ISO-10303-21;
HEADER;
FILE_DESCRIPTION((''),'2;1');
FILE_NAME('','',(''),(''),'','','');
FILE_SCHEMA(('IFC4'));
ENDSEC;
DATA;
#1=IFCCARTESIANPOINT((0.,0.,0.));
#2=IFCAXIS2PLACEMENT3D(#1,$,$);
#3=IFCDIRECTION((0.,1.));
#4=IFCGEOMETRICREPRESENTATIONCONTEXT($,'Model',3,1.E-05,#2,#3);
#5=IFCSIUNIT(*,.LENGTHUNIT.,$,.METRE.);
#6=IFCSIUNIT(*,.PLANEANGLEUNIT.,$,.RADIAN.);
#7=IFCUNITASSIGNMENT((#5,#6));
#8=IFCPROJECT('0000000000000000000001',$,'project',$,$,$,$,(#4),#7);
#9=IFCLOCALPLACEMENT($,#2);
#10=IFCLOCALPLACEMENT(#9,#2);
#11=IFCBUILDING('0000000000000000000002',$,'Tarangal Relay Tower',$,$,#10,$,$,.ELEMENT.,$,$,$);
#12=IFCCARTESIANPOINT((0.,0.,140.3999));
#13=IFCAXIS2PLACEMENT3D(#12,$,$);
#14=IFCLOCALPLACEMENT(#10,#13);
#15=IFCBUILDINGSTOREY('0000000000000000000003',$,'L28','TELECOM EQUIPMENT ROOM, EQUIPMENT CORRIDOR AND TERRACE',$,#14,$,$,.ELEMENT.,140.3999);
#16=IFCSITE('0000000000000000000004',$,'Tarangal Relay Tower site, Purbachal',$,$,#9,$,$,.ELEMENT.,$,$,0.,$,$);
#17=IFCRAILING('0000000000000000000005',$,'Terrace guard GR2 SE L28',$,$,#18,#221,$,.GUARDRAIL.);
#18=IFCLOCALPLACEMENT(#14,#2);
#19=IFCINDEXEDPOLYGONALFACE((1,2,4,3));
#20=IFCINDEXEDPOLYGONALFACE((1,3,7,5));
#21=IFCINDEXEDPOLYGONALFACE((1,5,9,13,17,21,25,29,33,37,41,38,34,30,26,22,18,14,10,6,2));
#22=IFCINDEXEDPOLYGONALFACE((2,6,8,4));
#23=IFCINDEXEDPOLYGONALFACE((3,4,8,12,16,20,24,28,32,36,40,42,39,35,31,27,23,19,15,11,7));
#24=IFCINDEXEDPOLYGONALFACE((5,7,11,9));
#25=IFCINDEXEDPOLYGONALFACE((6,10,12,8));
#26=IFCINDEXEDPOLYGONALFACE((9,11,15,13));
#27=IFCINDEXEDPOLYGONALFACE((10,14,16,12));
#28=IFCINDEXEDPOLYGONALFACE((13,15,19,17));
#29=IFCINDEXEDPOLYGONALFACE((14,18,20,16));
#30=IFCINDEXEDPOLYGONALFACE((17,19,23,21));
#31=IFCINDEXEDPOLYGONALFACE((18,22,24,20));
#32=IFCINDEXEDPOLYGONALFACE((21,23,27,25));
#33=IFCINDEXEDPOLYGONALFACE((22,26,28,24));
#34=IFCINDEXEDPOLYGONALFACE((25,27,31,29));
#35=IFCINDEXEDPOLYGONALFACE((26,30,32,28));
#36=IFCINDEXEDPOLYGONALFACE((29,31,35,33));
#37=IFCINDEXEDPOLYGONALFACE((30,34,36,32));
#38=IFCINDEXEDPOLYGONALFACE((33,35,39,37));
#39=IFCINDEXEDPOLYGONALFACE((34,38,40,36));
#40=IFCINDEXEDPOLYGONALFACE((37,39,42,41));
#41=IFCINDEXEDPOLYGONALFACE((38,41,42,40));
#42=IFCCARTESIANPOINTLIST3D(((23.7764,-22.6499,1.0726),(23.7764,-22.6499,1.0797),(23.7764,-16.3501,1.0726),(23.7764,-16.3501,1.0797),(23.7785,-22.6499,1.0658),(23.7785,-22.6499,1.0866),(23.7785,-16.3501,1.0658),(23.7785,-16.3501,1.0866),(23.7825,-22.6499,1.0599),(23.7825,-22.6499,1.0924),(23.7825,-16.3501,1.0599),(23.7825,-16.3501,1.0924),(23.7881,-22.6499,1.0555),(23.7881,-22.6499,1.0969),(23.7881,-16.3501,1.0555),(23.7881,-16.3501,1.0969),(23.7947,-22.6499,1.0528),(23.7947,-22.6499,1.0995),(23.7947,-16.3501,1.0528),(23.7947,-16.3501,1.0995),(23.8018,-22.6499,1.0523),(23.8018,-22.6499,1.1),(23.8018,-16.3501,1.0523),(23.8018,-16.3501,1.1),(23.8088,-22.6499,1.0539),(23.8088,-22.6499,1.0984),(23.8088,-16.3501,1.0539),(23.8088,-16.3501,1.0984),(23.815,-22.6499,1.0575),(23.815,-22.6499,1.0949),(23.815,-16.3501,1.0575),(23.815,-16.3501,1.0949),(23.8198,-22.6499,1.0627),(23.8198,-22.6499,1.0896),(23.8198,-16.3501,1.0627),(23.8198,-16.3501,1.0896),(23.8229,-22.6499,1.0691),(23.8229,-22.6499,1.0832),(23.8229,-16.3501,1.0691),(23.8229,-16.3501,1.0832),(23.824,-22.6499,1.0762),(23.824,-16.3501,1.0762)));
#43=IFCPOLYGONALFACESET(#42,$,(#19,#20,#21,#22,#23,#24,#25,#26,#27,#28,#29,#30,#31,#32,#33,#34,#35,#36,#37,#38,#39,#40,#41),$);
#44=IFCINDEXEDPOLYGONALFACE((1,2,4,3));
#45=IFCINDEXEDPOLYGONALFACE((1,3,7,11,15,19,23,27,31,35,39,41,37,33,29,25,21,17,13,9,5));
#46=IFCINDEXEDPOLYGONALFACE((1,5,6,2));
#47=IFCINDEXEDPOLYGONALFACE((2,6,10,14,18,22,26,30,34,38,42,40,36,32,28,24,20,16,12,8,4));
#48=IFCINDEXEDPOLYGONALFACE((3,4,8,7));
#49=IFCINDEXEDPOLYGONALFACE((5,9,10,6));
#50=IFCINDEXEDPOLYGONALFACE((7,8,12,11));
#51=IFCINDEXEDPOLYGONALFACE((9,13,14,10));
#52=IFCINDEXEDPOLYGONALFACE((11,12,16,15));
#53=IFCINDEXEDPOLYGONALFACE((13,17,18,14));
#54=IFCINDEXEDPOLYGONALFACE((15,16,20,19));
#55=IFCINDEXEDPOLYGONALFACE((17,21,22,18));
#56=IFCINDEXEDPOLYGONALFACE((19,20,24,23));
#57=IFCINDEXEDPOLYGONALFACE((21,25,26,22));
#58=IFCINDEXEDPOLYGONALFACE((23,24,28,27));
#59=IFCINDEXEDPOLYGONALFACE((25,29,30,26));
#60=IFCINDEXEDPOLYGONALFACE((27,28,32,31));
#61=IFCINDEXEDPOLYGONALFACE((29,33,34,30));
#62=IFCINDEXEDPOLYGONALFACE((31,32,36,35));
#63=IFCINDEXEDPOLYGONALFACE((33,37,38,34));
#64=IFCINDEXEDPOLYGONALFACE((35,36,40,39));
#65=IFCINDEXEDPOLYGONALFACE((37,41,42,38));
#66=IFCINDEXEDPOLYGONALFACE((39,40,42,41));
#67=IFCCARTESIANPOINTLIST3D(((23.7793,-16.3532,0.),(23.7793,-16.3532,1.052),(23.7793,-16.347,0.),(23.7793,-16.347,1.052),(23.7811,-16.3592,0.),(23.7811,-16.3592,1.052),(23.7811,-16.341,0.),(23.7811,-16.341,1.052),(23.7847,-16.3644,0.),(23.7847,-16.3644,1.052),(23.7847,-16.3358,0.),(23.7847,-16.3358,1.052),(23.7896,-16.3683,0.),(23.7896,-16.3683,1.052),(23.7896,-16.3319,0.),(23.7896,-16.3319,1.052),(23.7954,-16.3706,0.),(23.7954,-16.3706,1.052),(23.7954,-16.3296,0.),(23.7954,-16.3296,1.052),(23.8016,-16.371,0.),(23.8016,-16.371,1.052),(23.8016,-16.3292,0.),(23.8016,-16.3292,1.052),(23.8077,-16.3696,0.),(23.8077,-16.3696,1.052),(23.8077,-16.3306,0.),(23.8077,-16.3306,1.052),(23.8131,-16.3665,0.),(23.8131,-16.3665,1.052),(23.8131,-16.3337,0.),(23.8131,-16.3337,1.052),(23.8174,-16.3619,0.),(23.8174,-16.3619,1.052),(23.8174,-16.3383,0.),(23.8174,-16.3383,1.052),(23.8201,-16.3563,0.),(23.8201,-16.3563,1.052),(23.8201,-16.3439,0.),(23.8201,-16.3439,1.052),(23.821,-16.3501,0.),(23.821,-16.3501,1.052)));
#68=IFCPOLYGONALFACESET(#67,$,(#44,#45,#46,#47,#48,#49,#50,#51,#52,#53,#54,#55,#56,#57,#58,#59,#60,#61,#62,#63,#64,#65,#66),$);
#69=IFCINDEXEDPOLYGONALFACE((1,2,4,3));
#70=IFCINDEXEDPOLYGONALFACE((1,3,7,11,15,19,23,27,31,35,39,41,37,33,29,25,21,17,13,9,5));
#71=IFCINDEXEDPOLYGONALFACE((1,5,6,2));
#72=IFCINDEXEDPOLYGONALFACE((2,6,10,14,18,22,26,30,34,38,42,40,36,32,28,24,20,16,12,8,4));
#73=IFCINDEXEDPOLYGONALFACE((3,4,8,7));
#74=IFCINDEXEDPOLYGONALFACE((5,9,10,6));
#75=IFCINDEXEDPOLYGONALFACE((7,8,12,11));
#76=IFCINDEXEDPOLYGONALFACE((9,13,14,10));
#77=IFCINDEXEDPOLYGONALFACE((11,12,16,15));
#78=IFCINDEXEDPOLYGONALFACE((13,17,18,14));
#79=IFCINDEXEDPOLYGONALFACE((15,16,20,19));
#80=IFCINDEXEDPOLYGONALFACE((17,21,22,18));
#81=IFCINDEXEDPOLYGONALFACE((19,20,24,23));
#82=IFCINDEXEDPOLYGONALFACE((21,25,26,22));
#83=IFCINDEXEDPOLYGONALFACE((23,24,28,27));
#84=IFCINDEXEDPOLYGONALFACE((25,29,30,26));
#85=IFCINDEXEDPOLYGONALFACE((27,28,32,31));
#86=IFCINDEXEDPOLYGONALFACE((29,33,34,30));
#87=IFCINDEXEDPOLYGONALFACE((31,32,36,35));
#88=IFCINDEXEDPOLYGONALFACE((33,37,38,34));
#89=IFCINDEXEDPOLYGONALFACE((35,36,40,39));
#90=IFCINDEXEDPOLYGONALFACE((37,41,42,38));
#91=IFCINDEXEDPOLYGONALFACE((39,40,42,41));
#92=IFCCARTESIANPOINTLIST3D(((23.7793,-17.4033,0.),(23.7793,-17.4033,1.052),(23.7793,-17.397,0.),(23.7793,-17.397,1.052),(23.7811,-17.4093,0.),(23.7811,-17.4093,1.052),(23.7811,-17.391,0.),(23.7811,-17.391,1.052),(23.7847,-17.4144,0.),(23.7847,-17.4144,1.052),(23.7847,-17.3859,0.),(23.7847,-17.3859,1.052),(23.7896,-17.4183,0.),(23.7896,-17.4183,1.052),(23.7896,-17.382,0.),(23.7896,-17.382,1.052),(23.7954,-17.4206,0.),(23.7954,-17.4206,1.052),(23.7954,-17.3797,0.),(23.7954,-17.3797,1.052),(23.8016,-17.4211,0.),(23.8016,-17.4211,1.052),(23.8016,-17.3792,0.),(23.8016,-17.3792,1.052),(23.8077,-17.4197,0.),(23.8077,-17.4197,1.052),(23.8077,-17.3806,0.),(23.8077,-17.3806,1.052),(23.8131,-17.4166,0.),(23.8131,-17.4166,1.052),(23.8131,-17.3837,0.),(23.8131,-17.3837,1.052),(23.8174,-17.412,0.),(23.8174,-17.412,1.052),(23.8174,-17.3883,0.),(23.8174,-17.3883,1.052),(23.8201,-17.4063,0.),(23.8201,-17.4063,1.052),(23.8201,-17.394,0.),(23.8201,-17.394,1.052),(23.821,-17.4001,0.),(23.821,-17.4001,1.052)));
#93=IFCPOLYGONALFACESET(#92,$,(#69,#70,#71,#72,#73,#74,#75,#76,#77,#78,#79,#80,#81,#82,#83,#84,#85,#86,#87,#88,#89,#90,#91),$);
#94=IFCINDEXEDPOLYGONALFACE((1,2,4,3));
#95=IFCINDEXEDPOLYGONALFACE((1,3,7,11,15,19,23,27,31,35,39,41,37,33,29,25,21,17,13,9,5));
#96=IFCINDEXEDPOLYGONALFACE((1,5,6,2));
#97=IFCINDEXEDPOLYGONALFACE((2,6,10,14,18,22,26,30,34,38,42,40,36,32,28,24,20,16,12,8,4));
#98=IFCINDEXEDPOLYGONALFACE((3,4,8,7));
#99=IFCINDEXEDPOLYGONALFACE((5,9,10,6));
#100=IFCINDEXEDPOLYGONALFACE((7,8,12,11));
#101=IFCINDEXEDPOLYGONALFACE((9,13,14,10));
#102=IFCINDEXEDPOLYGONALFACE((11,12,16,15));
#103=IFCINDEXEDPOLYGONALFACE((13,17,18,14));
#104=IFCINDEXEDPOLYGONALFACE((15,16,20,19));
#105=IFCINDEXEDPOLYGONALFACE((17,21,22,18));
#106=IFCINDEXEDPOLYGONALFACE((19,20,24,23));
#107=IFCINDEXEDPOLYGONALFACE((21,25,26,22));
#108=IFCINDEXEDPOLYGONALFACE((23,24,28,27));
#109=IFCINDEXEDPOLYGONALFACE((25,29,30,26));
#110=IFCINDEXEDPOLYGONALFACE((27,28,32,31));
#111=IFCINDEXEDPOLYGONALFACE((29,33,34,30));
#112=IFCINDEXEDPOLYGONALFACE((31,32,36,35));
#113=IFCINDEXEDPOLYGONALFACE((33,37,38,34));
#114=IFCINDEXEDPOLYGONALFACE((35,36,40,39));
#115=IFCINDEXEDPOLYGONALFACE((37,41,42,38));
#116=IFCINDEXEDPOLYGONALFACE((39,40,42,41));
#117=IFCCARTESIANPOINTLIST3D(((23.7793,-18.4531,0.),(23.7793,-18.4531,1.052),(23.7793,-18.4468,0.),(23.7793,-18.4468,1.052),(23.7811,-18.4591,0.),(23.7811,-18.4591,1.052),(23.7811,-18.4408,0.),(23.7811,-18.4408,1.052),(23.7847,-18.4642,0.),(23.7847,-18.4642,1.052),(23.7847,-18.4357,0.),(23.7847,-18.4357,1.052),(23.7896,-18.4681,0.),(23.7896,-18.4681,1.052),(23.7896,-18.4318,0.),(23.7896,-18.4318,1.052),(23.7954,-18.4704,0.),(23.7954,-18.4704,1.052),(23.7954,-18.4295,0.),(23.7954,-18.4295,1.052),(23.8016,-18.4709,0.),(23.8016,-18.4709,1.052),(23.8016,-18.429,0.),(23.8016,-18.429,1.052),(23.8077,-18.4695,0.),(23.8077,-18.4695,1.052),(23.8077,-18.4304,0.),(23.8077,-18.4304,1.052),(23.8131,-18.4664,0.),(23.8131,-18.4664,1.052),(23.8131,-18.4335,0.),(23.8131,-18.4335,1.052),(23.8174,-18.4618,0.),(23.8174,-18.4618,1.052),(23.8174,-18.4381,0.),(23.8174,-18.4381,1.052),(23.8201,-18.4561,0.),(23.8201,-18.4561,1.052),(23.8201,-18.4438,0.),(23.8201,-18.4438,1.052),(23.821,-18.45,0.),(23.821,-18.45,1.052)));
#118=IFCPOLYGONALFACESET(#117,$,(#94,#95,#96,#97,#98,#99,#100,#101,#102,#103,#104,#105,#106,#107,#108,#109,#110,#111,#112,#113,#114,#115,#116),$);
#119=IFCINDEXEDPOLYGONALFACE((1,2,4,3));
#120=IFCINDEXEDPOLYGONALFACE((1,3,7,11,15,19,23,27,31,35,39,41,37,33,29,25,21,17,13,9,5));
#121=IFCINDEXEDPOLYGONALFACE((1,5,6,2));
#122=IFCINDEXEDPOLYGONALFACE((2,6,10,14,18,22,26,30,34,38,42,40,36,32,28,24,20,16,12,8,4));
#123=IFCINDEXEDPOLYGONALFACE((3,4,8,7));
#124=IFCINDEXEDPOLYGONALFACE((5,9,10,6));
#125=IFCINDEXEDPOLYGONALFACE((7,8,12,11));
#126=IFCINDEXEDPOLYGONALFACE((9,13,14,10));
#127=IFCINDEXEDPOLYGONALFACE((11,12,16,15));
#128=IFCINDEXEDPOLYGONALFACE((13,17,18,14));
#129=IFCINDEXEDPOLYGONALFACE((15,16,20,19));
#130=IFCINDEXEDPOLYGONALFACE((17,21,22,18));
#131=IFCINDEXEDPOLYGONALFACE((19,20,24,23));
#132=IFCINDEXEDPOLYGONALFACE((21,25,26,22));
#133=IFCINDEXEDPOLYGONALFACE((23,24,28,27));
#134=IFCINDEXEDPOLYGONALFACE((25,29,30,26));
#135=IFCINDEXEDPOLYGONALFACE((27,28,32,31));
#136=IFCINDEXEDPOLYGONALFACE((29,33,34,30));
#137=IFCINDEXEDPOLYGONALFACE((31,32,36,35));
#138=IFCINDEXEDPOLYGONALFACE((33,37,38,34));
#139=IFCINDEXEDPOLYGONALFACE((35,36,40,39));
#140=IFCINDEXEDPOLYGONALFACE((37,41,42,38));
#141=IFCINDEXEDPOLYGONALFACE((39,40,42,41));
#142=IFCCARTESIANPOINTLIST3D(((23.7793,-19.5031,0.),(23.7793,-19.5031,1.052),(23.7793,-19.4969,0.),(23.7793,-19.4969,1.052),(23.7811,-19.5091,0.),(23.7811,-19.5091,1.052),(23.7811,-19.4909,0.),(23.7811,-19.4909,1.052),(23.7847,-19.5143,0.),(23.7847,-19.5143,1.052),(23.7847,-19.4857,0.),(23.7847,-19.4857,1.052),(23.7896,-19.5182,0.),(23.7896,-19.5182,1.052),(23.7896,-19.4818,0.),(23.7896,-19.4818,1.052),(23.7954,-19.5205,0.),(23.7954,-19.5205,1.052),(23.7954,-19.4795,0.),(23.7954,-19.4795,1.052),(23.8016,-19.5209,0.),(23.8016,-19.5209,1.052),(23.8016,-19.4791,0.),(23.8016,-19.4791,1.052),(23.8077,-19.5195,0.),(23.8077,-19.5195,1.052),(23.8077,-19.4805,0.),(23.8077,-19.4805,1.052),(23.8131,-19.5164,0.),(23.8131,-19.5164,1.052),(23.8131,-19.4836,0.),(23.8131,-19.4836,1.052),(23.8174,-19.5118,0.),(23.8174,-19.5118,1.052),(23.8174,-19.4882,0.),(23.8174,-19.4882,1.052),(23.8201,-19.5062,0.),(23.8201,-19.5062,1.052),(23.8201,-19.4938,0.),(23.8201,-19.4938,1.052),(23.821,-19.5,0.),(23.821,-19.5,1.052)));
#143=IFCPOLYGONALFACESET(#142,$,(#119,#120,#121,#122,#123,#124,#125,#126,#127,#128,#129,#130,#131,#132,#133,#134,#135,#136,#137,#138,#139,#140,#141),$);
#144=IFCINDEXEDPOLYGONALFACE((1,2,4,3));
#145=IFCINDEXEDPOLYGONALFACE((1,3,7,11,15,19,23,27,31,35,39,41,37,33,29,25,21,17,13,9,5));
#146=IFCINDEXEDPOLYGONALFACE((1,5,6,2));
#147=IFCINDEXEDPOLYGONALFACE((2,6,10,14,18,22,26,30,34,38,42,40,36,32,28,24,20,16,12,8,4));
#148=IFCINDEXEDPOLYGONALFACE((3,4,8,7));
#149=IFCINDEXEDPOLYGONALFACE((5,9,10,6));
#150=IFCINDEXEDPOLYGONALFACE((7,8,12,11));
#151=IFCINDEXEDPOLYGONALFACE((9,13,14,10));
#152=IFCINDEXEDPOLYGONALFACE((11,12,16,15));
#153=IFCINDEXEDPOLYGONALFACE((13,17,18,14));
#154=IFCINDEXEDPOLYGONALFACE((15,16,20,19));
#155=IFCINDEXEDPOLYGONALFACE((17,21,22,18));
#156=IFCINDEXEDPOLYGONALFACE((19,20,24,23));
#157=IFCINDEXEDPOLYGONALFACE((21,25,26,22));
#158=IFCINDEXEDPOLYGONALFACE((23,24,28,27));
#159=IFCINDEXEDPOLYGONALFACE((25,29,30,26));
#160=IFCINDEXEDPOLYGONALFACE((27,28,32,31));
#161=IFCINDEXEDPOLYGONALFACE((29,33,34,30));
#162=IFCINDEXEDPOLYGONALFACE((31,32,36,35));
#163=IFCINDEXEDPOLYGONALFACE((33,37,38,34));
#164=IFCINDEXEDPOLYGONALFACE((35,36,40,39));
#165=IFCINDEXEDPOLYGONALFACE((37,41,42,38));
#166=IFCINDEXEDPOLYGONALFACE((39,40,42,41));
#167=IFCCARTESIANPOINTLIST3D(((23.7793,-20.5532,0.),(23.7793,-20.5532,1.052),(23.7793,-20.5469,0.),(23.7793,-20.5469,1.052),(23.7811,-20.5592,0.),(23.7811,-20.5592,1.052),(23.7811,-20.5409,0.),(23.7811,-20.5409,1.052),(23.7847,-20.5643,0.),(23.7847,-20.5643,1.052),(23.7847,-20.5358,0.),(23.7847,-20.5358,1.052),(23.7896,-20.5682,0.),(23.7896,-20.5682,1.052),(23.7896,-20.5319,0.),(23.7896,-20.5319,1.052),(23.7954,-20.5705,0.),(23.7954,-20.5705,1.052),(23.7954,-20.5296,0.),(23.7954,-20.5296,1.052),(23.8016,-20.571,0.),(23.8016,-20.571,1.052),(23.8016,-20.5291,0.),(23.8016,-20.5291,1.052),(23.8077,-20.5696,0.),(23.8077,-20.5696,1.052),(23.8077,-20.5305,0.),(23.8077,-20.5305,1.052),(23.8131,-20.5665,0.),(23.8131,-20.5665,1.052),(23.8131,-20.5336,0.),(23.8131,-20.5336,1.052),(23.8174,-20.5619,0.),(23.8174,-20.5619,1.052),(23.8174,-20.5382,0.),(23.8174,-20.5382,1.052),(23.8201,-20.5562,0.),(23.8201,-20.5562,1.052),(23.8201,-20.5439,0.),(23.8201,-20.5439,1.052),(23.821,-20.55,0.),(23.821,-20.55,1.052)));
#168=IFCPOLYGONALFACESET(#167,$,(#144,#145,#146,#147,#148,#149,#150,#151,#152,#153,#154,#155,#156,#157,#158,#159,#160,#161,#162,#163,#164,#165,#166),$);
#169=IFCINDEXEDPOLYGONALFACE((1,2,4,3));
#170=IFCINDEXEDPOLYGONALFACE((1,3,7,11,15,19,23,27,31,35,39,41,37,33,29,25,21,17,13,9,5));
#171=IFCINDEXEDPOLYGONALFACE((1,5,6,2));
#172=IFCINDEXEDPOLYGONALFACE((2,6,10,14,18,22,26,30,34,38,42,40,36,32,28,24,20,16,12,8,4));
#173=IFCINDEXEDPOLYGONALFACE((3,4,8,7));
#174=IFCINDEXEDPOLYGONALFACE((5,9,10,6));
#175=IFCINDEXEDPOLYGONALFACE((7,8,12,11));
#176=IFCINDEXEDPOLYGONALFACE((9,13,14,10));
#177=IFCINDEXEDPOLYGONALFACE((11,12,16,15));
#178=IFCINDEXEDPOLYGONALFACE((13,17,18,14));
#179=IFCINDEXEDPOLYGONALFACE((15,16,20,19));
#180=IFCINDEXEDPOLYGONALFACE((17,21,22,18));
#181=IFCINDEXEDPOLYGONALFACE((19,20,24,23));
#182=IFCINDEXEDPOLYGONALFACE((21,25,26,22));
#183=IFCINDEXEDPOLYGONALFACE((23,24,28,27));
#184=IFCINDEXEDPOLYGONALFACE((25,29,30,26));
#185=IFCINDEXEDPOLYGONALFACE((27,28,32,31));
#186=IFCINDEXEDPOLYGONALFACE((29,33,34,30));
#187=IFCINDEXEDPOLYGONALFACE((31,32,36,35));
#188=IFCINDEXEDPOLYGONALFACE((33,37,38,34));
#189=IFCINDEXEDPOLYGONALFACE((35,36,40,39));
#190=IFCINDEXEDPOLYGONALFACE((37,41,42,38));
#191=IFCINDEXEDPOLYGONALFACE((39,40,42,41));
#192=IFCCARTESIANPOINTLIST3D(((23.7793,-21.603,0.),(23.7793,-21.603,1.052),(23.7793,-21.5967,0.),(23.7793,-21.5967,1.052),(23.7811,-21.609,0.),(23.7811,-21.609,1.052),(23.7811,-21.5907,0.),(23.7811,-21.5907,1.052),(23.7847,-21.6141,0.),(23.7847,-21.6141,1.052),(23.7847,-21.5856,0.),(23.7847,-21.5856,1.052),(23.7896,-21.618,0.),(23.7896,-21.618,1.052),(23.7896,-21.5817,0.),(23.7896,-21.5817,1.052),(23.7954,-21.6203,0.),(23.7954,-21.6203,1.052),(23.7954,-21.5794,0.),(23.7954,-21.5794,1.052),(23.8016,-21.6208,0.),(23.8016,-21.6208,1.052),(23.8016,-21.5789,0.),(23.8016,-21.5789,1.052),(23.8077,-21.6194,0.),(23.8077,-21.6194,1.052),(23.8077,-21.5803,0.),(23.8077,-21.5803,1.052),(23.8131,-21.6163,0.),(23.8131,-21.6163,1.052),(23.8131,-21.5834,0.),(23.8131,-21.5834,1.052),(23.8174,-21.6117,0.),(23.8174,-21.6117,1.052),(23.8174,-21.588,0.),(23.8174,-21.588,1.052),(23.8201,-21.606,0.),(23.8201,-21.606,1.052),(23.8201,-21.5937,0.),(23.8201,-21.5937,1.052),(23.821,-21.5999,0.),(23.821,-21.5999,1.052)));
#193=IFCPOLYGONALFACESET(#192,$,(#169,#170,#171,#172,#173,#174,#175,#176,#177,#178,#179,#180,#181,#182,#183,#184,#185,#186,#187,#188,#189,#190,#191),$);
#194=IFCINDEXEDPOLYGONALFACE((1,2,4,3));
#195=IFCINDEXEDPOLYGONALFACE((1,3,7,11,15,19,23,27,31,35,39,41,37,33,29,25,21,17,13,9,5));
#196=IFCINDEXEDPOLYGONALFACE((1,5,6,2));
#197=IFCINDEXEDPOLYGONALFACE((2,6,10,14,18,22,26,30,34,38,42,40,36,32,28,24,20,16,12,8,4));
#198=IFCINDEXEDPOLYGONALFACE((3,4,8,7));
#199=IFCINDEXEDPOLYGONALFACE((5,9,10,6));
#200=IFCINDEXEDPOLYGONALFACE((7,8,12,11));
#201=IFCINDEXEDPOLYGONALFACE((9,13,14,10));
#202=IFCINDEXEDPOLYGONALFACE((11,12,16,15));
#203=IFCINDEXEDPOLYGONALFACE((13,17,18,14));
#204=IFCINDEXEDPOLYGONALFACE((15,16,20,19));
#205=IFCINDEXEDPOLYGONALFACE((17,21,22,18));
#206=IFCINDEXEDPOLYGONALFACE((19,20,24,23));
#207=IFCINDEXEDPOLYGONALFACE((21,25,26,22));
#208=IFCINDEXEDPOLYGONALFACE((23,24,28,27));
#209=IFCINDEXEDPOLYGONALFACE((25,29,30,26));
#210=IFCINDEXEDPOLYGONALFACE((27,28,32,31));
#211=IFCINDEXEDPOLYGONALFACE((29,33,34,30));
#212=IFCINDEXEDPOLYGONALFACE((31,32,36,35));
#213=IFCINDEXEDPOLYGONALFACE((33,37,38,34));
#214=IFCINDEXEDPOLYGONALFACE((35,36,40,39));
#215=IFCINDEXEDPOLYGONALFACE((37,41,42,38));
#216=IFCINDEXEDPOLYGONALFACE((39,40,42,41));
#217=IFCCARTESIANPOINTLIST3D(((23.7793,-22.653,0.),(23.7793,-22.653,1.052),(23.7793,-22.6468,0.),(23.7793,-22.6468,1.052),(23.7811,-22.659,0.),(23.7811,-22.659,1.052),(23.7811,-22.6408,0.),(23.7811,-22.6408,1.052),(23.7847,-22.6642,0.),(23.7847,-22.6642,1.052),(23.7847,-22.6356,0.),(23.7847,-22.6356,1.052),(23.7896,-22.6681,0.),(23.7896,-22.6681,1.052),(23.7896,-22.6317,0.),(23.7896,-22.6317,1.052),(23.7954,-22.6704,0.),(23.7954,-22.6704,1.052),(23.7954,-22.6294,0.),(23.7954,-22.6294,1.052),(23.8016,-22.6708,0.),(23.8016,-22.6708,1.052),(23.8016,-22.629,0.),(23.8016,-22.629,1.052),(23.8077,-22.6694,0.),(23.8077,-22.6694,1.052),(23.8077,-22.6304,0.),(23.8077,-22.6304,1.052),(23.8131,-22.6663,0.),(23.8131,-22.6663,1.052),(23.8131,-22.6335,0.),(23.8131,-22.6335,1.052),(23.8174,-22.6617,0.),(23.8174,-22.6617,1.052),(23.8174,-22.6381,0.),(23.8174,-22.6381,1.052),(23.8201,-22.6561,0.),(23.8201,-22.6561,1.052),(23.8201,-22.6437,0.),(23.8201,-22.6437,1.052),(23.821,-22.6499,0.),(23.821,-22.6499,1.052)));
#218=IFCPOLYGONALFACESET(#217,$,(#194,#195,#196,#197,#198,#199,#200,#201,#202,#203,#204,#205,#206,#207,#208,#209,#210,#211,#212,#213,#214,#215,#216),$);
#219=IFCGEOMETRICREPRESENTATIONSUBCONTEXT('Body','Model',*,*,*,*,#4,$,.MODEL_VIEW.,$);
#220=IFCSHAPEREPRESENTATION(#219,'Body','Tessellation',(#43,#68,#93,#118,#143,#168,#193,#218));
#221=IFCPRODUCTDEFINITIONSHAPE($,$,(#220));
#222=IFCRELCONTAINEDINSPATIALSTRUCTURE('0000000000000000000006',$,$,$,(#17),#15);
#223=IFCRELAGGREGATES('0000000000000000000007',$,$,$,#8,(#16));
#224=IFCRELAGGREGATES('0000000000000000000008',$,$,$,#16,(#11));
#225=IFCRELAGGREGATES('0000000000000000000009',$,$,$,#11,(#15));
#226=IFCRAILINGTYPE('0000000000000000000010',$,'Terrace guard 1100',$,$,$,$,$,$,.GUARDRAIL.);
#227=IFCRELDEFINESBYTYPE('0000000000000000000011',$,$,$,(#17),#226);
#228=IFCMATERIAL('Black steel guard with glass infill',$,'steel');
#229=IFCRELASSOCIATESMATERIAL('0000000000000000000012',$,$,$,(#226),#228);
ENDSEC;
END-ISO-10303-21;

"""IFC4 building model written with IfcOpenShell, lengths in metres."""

from ifc_helpers import new_model, si_unit, direction, frame, origin, origin_2d, place, context, subcontext, project, spatial, circle, extrude, material, type_object, element, save


model = new_model("IFC4")

# Units and contexts
model_context = context("Model", 3, precision=1e-05, world=origin(), true_north=direction((0.0, 1.0)))
body_context = subcontext(model_context, "Body", "Model", "MODEL_VIEW")
ifc_project = project(units=[si_unit("LENGTHUNIT", "METRE"), si_unit("PLANEANGLEUNIT", "RADIAN")], contexts=[model_context])

# Site, building, storey
site_placement = place(None, origin())
site = spatial("IfcSite", under=ifc_project, at=site_placement, Name="Tarangal Relay Tower site, Purbachal", CompositionType="ELEMENT", RefElevation=0.0)
building_placement = place(site_placement, origin())
building = spatial("IfcBuilding", under=site, at=building_placement, Name="Tarangal Relay Tower", CompositionType="ELEMENT")
storey_placement = place(building_placement, frame((0.0, 0.0, 140.3999)))
storey = spatial("IfcBuildingStorey", under=building, at=storey_placement, Name="L28", Description="TELECOM EQUIPMENT ROOM, EQUIPMENT CORRIDOR AND TERRACE", CompositionType="ELEMENT", Elevation=140.3999)

# Railing
ifc_material_1 = material(Name="Black steel guard with glass infill", Category="steel")
railing_type = type_object("IfcRailingType", Name="Terrace guard 1100", PredefinedType="GUARDRAIL", material=ifc_material_1)
railing_1_placement = place(storey_placement, frame((23.8, -16.3501, 0.0)))
element("IfcRailing", 1, at=railing_1_placement, inside=storey, type_object=railing_type, Name="Terrace guard GR2 SE L28", PredefinedType="GUARDRAIL", context=body_context, shape_type="SweptSolid", body=[
    extrude(circle(Radius=0.0239, at=origin_2d()), frame((0.0, 0.0, 1.0762), z_axis=(0.0, -1.0, 0.0), x_axis=(1.0, 0.0, 0.0)), (0.0, 0.0, 1.0), 6.2998),
    extrude(circle(Radius=0.021, at=origin_2d()), origin(), (0.0, 0.0, 1.0), 1.052),
    extrude(circle(Radius=0.021, at=origin_2d()), frame((0.0, -1.05, 0.0)), (0.0, 0.0, 1.0), 1.052),
    extrude(circle(Radius=0.021, at=origin_2d()), frame((0.0, -2.0999, 0.0)), (0.0, 0.0, 1.0), 1.052),
    extrude(circle(Radius=0.021, at=origin_2d()), frame((0.0, -3.1499, 0.0)), (0.0, 0.0, 1.0), 1.052),
    extrude(circle(Radius=0.021, at=origin_2d()), frame((0.0, -4.2, 0.0)), (0.0, 0.0, 1.0), 1.052),
    extrude(circle(Radius=0.021, at=origin_2d()), frame((0.0, -5.2498, 0.0)), (0.0, 0.0, 1.0), 1.052),
    extrude(circle(Radius=0.021, at=origin_2d()), frame((0.0, -6.2998, 0.0)), (0.0, 0.0, 1.0), 1.052),
])

save(model, "model.ifc")
